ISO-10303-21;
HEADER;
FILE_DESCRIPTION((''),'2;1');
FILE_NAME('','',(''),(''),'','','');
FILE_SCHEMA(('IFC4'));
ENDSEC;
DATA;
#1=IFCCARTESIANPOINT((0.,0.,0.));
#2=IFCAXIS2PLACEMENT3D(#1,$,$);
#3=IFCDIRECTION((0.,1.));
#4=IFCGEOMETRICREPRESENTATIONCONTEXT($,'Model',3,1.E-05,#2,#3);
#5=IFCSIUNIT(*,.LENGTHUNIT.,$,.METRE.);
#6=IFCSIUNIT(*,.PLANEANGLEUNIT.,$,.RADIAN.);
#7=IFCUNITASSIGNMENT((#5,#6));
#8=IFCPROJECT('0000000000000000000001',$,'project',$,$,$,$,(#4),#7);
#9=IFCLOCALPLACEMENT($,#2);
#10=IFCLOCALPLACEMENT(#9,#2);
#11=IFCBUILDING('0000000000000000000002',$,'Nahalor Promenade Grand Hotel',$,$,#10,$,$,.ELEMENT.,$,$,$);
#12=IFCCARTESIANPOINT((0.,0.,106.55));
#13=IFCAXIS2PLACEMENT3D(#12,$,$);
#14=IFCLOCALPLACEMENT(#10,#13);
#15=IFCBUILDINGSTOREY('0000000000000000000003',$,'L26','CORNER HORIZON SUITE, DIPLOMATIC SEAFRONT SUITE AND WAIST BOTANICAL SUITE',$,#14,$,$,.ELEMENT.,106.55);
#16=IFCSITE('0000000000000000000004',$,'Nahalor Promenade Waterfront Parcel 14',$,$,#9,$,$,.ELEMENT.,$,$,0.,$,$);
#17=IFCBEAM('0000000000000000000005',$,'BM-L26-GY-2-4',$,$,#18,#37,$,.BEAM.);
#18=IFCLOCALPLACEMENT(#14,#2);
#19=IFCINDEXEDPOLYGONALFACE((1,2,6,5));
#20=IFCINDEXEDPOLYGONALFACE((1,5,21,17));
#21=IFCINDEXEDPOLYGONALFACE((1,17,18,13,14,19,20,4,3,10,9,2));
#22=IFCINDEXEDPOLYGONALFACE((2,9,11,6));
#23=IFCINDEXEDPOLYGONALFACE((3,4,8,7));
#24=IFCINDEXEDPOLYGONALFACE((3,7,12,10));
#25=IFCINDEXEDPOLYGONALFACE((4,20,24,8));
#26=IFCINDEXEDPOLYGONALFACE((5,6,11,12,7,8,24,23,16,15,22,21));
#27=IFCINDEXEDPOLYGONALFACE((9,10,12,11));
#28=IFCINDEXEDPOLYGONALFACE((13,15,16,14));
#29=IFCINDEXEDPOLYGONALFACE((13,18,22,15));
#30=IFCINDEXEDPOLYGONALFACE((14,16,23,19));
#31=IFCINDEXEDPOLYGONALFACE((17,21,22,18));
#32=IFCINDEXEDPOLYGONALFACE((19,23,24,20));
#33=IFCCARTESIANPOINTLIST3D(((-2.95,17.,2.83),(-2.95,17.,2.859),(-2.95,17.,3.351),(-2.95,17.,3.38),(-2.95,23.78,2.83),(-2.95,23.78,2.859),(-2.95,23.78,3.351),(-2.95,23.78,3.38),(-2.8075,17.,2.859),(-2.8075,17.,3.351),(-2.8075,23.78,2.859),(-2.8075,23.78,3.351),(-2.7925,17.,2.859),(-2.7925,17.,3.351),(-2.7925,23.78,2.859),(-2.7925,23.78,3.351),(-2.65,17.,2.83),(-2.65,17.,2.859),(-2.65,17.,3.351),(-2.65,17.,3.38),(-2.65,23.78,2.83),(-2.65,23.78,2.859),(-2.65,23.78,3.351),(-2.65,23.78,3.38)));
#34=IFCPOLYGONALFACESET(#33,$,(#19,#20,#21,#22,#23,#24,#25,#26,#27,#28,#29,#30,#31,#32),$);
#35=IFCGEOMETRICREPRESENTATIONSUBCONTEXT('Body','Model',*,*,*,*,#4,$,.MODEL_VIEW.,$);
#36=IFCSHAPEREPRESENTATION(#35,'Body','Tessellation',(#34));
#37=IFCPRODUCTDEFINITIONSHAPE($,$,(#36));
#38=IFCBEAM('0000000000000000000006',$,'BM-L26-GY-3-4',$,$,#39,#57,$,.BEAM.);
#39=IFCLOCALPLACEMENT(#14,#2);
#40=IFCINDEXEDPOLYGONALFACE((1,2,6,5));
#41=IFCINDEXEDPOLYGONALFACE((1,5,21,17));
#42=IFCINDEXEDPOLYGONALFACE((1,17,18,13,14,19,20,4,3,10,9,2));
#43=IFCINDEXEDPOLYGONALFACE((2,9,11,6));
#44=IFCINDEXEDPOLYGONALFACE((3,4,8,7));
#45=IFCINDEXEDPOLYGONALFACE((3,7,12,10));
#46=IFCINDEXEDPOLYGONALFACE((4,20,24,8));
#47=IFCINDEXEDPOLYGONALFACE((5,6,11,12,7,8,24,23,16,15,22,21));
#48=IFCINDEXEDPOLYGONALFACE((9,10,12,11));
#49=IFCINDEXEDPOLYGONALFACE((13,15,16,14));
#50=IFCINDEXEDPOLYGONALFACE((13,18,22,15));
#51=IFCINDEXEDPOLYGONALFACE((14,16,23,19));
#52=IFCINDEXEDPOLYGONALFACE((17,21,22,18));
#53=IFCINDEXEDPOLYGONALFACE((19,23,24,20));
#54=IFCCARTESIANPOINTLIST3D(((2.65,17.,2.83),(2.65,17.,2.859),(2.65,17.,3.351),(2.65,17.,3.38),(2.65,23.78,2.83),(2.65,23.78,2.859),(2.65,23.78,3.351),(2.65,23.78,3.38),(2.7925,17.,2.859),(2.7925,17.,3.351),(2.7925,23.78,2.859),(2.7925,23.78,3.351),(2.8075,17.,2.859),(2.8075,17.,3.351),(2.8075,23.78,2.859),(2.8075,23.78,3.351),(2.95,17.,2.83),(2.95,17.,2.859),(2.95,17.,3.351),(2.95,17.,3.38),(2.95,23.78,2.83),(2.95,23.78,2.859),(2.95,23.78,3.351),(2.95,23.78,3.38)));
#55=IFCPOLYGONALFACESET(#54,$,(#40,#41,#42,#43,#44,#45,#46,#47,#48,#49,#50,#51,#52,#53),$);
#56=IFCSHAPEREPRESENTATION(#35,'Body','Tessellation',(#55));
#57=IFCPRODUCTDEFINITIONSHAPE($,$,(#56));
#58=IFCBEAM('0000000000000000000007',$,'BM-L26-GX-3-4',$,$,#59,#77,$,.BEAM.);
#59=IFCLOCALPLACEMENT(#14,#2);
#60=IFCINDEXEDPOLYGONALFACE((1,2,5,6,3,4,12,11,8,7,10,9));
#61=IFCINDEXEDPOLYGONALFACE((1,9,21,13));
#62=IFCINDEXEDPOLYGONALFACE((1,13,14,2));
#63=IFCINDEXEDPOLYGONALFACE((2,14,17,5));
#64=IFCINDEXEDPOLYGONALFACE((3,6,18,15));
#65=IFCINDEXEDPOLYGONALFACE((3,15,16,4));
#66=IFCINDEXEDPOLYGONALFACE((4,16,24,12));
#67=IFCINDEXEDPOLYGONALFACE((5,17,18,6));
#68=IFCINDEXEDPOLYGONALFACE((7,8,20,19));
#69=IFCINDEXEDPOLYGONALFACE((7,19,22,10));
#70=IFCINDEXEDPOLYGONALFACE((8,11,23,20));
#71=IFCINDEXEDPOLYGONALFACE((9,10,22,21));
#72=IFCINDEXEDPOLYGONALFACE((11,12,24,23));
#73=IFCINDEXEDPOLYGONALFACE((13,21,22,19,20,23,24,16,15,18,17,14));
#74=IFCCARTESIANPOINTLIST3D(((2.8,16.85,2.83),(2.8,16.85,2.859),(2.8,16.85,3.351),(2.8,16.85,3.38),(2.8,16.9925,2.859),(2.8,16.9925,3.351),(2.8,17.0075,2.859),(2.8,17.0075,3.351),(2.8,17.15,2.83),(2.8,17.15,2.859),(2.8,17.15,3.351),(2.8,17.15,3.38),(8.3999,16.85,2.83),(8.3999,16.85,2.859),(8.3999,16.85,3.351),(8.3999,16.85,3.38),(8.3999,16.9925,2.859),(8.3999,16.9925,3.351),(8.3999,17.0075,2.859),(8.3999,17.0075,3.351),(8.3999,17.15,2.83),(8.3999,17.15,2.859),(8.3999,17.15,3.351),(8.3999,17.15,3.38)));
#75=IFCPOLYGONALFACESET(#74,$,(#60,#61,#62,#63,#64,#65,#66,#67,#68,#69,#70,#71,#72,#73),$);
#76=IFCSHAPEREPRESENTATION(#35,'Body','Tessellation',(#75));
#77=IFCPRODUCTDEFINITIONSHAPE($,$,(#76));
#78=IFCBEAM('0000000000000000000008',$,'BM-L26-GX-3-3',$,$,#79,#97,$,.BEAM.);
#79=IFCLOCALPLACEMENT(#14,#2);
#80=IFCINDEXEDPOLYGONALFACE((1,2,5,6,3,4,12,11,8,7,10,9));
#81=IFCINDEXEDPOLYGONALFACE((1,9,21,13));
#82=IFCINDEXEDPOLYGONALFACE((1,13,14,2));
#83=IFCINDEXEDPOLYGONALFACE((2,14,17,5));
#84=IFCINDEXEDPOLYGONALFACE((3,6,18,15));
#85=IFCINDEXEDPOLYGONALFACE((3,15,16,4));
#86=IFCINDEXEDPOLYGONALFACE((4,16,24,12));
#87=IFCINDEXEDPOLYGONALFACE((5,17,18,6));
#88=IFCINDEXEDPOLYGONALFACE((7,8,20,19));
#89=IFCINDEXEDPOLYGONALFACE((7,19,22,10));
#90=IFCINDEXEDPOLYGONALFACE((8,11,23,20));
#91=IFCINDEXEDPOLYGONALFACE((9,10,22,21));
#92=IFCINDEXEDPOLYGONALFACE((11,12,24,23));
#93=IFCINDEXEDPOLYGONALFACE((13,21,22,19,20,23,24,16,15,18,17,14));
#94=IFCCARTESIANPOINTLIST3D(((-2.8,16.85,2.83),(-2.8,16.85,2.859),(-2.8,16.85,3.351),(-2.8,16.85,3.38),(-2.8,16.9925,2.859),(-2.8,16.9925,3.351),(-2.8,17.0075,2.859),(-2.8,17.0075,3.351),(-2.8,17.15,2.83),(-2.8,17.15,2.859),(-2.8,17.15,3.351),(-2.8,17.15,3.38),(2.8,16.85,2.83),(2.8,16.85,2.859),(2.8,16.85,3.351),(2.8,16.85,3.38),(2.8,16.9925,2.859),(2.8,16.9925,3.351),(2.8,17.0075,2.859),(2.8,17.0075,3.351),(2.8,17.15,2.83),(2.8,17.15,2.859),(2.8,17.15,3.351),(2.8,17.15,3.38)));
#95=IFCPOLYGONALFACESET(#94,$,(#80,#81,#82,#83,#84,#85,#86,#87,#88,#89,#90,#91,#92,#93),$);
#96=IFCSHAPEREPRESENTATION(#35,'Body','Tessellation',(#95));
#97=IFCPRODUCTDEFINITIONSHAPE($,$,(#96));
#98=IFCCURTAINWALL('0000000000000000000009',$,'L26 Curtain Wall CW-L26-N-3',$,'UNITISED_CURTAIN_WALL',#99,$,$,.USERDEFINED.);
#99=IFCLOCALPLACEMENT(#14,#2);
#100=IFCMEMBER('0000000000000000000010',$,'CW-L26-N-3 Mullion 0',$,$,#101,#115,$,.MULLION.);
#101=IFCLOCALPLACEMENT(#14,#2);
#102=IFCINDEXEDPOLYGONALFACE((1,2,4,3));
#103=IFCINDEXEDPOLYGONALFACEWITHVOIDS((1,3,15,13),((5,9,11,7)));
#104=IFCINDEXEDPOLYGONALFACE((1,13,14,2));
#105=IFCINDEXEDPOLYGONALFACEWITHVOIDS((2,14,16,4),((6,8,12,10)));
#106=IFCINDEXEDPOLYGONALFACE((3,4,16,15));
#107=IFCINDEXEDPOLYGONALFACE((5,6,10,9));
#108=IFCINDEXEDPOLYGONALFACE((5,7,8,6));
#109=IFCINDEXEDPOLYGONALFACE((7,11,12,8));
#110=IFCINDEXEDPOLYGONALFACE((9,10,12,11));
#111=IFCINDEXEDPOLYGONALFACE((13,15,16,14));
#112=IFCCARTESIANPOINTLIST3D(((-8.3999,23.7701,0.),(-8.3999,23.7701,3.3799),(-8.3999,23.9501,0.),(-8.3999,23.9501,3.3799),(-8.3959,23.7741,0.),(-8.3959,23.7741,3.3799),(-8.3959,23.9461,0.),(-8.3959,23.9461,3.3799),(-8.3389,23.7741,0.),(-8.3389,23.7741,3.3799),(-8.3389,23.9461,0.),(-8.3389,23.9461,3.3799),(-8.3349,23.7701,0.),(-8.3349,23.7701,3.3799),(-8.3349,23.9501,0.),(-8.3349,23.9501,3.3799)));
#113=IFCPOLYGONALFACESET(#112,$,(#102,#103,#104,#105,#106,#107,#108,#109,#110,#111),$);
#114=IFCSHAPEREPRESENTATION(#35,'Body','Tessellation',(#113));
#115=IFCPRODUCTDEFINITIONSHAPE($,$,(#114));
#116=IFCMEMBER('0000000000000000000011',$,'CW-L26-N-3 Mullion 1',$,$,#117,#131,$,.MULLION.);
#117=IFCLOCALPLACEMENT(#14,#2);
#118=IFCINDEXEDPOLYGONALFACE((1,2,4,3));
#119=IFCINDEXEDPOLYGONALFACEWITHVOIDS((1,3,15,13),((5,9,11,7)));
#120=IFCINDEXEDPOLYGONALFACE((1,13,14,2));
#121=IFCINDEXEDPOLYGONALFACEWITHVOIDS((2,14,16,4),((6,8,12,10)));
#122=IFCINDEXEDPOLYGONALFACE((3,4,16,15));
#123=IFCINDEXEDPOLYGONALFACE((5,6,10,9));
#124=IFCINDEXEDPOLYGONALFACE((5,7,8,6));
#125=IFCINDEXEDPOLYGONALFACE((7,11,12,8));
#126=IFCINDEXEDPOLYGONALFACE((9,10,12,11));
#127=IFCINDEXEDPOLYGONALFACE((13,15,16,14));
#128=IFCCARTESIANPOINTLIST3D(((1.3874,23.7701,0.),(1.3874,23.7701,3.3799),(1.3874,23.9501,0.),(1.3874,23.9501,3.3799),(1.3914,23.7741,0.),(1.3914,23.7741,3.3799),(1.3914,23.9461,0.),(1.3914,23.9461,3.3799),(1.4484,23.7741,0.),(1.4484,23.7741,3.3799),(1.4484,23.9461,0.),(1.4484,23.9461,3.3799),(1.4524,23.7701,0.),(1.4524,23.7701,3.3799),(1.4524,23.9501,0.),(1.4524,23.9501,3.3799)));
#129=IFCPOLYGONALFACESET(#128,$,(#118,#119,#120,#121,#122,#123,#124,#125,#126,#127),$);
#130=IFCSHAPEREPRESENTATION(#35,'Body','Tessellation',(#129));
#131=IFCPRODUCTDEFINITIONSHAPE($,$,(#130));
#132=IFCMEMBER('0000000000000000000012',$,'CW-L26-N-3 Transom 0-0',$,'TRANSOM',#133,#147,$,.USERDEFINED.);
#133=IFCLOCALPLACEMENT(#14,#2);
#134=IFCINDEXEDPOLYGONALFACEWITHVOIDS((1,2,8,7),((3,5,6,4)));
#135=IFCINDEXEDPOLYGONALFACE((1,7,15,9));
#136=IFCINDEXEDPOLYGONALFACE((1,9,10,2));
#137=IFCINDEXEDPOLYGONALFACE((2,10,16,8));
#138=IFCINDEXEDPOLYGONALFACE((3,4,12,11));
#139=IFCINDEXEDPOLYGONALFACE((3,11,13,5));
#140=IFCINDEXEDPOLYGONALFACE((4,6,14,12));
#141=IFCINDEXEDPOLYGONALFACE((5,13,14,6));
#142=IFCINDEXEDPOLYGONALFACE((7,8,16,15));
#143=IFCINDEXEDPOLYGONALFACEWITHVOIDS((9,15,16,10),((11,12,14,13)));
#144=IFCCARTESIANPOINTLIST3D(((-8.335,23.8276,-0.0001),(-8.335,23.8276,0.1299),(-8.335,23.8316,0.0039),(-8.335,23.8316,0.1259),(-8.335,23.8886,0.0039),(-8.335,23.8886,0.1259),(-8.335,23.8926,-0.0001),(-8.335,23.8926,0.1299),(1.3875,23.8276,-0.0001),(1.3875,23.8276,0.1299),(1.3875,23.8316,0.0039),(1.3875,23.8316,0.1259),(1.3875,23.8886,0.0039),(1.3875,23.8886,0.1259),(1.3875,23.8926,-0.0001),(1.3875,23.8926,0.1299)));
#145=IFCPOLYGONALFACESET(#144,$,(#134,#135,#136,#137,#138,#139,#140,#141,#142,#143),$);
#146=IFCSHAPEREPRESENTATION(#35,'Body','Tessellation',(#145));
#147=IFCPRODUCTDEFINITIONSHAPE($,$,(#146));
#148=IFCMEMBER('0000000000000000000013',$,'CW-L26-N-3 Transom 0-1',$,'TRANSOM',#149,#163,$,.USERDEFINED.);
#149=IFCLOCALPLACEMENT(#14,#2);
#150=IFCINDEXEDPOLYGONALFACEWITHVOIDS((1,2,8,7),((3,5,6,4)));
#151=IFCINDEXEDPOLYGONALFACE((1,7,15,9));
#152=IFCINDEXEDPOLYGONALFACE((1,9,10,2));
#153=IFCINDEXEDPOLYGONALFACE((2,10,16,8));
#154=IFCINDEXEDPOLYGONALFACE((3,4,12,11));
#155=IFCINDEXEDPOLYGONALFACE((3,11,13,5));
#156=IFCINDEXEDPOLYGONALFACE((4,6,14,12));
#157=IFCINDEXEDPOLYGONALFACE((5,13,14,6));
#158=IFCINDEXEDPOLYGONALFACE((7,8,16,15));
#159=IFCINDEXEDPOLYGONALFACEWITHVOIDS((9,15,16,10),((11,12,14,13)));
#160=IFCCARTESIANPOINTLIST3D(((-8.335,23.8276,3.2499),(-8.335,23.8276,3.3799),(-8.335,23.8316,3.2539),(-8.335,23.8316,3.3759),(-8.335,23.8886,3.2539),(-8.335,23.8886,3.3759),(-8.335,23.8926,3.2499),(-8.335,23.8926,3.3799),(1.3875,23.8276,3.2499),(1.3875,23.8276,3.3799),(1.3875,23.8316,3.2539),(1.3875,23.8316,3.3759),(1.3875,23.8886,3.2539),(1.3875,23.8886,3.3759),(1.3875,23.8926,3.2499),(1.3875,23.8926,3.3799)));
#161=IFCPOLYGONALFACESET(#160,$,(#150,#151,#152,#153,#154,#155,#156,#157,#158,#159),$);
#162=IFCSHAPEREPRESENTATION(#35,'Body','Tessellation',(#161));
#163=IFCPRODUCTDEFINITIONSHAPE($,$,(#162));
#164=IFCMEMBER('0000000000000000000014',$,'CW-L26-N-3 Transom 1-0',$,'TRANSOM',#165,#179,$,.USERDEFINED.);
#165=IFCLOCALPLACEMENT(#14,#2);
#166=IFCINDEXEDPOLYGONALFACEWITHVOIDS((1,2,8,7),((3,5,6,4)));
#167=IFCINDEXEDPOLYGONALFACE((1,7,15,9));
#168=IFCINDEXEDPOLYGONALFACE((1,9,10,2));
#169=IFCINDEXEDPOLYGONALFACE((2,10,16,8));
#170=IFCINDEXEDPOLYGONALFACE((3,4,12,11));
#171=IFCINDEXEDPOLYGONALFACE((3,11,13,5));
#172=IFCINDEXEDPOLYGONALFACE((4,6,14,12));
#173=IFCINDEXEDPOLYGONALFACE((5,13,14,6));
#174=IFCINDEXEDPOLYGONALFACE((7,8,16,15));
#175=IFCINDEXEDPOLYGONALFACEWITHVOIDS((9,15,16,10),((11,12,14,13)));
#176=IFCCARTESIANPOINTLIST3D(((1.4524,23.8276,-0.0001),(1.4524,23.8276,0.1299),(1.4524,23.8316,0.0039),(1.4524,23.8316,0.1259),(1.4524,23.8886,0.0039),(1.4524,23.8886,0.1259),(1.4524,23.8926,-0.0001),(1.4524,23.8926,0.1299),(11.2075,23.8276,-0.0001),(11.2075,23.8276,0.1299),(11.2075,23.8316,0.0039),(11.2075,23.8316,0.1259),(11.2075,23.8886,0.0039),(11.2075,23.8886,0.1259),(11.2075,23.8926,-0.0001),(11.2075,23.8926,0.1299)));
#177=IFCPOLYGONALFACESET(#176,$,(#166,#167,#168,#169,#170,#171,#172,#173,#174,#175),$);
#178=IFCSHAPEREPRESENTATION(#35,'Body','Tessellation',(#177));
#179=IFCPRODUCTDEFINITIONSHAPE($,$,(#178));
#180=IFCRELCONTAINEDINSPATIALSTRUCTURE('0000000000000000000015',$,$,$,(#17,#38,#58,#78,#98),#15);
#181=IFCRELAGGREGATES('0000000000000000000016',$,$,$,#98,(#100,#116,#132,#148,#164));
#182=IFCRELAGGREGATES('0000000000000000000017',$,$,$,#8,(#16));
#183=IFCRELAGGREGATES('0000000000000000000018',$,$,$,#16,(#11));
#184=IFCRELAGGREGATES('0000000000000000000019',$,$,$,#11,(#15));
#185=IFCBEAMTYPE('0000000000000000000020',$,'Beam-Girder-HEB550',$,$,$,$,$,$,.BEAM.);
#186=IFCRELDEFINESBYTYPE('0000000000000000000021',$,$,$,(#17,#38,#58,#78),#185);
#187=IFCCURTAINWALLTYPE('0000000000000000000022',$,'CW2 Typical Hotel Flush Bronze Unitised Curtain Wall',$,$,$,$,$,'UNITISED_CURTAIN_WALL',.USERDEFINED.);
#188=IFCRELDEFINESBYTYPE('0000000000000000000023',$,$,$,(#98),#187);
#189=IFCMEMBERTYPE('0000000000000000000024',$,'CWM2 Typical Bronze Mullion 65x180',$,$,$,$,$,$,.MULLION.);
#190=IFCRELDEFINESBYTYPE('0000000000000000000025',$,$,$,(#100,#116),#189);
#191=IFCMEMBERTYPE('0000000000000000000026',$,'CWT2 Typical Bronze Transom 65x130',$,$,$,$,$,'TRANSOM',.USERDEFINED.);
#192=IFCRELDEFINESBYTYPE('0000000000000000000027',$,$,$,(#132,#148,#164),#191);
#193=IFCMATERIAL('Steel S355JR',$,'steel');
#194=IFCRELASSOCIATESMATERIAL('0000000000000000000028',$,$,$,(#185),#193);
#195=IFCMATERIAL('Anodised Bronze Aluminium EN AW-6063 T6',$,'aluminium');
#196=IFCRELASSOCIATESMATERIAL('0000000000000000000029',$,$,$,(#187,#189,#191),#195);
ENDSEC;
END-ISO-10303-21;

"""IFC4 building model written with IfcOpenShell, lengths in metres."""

from ifc_helpers import new_model, si_unit, direction, frame, origin, origin_2d, place, context, subcontext, project, spatial, hollow_rectangle, i_section, extrude, source, transform, mapped, material, material_profile, profile_set, type_object, element, aggregate, save


model = new_model("IFC4")

# Units and contexts
model_context = context("Model", 3, precision=1e-05, world=origin(), true_north=direction((0.0, 1.0)))
body_context = subcontext(model_context, "Body", "Model", "MODEL_VIEW")
ifc_project = project(units=[si_unit("LENGTHUNIT", "METRE"), si_unit("PLANEANGLEUNIT", "RADIAN")], contexts=[model_context])

# Site, building, storey
site_placement = place(None, origin())
site = spatial("IfcSite", under=ifc_project, at=site_placement, Name="Nahalor Promenade Waterfront Parcel 14", CompositionType="ELEMENT", RefElevation=0.0)
building_placement = place(site_placement, origin())
building = spatial("IfcBuilding", under=site, at=building_placement, Name="Nahalor Promenade Grand Hotel", CompositionType="ELEMENT")
storey_placement = place(building_placement, frame((0.0, 0.0, 106.55)))
storey = spatial("IfcBuildingStorey", under=building, at=storey_placement, Name="L26", Description="CORNER HORIZON SUITE, DIPLOMATIC SEAFRONT SUITE AND WAIST BOTANICAL SUITE", CompositionType="ELEMENT", Elevation=106.55)

# Beams
ifc_material_1 = material(Name="Steel S355JR", Category="steel")
ifc_material_profile_1 = material_profile(ifc_material_1, i_section(OverallWidth=0.3, OverallDepth=0.55, WebThickness=0.015, FlangeThickness=0.029, at=origin_2d()), Name="HEB 550")
ifc_profile_set_1 = profile_set([ifc_material_profile_1], Name="Steel S355JR")
beam_type_1 = type_object("IfcBeamType", Name="Beam-Girder-HEB550", PredefinedType="BEAM", material=ifc_profile_set_1)
shared_shape_1 = source(origin(), body_context, "Body", "SweptSolid", [
    extrude(i_section(OverallWidth=0.3, OverallDepth=0.55, WebThickness=0.015, FlangeThickness=0.029, at=origin_2d()), origin(), (0.0, 0.0, 1.0), 6.78),
])
for number, where, z_axis, x_axis, name in (
    (1, (-2.8, 17.0, 3.105), (0.0, 1.0, 0.0), (-1.0, 0.0, 0.0), "BM-L26-GY-2-4"),
    (2, (2.8, 17.0, 3.105), (0.0, 1.0, 0.0), (-1.0, 0.0, 0.0), "BM-L26-GY-3-4"),
):
    element("IfcBeam", number, at=place(storey_placement, frame(where, z_axis=z_axis, x_axis=x_axis)), inside=storey, type_object=beam_type_1, Name=name, PredefinedType="BEAM", context=body_context, shape_type="MappedRepresentation", body=[
        mapped(shared_shape_1, transform((0.0, 0.0, 0.0), scale=1.0)),
    ])
shared_shape_2 = source(origin(), body_context, "Body", "SweptSolid", [
    extrude(i_section(OverallWidth=0.3, OverallDepth=0.55, WebThickness=0.015, FlangeThickness=0.029, at=origin_2d()), origin(), (0.0, 0.0, 1.0), 5.5999),
])
beam_1_placement = place(storey_placement, frame((2.8, 17.0, 3.105), z_axis=(1.0, 0.0, 0.0), x_axis=(0.0, 1.0, 0.0)))
element("IfcBeam", 3, at=beam_1_placement, inside=storey, type_object=beam_type_1, Name="BM-L26-GX-3-4", PredefinedType="BEAM", context=body_context, shape_type="MappedRepresentation", body=[
    mapped(shared_shape_2, transform((0.0, 0.0, 0.0), scale=1.0)),
])
shared_shape_3 = source(origin(), body_context, "Body", "SweptSolid", [
    extrude(i_section(OverallWidth=0.3, OverallDepth=0.55, WebThickness=0.015, FlangeThickness=0.029, at=origin_2d()), origin(), (0.0, 0.0, 1.0), 5.6001),
])
beam_2_placement = place(storey_placement, frame((-2.8, 17.0, 3.105), z_axis=(1.0, 0.0, 0.0), x_axis=(0.0, 1.0, 0.0)))
element("IfcBeam", 4, at=beam_2_placement, inside=storey, type_object=beam_type_1, Name="BM-L26-GX-3-3", PredefinedType="BEAM", context=body_context, shape_type="MappedRepresentation", body=[
    mapped(shared_shape_3, transform((0.0, 0.0, 0.0), scale=1.0)),
])

# Curtain wall, members
ifc_material_2 = material(Name="Anodised Bronze Aluminium EN AW-6063 T6", Category="aluminium")
curtain_wall_type = type_object("IfcCurtainWallType", Name="CW2 Typical Hotel Flush Bronze Unitised Curtain Wall", ElementType="UNITISED_CURTAIN_WALL", PredefinedType="USERDEFINED", material=ifc_material_2)
curtain_wall_placement = place(storey_placement, origin())
curtain_wall = element("IfcCurtainWall", 5, at=curtain_wall_placement, inside=storey, type_object=curtain_wall_type, Name="L26 Curtain Wall CW-L26-N-3", ObjectType="UNITISED_CURTAIN_WALL", PredefinedType="USERDEFINED")
ifc_material_profile_2 = material_profile(ifc_material_2, hollow_rectangle(XDim=0.065, YDim=0.18, WallThickness=0.004, at=origin_2d()), Name="CWM 65x180x4")
ifc_profile_set_2 = profile_set([ifc_material_profile_2], Name="Anodised Bronze Aluminium EN AW-6063 T6")
member_type_1 = type_object("IfcMemberType", Name="CWM2 Typical Bronze Mullion 65x180", PredefinedType="MULLION", material=ifc_profile_set_2)
shared_shape_4 = source(origin(), body_context, "Body", "SweptSolid", [
    extrude(hollow_rectangle(XDim=0.065, YDim=0.18, WallThickness=0.004, at=origin_2d()), origin(), (0.0, 0.0, 1.0), 3.3799),
])
member_1_placement = place(storey_placement, frame((-8.3674, 23.8601, 0.0), z_axis=(0.0, 0.0, 1.0), x_axis=(1.0, 0.0, 0.0)))
member_1 = element("IfcMember", 6, at=member_1_placement, type_object=member_type_1, Name="CW-L26-N-3 Mullion 0", PredefinedType="MULLION", context=body_context, shape_type="MappedRepresentation", body=[
    mapped(shared_shape_4, transform((0.0, 0.0, 0.0), scale=1.0)),
])
member_2_placement = place(storey_placement, frame((1.4199, 23.8601, 0.0), z_axis=(0.0, 0.0, 1.0), x_axis=(1.0, 0.0, 0.0)))
member_2 = element("IfcMember", 7, at=member_2_placement, type_object=member_type_1, Name="CW-L26-N-3 Mullion 1", PredefinedType="MULLION", context=body_context, shape_type="MappedRepresentation", body=[
    mapped(shared_shape_4, transform((0.0, 0.0, 0.0), scale=1.0)),
])
ifc_material_profile_3 = material_profile(ifc_material_2, hollow_rectangle(XDim=0.065, YDim=0.13, WallThickness=0.004, at=origin_2d()), Name="CWT 65x130x4")
ifc_profile_set_3 = profile_set([ifc_material_profile_3], Name="Anodised Bronze Aluminium EN AW-6063 T6")
member_type_2 = type_object("IfcMemberType", Name="CWT2 Typical Bronze Transom 65x130", ElementType="TRANSOM", PredefinedType="USERDEFINED", material=ifc_profile_set_3)
shared_shape_5 = source(origin(), body_context, "Body", "SweptSolid", [
    extrude(hollow_rectangle(XDim=0.065, YDim=0.13, WallThickness=0.004, at=origin_2d()), origin(), (0.0, 0.0, 1.0), 9.7224),
])
member_3_placement = place(storey_placement, frame((-8.335, 23.8601, 0.0649), z_axis=(1.0, 0.0, 0.0), x_axis=(0.0, 1.0, 0.0)))
member_3 = element("IfcMember", 8, at=member_3_placement, type_object=member_type_2, Name="CW-L26-N-3 Transom 0-0", ObjectType="TRANSOM", PredefinedType="USERDEFINED", context=body_context, shape_type="MappedRepresentation", body=[
    mapped(shared_shape_5, transform((0.0, 0.0, 0.0), scale=1.0)),
])
member_4_placement = place(storey_placement, frame((-8.335, 23.8601, 3.3149), z_axis=(1.0, 0.0, 0.0), x_axis=(0.0, 1.0, 0.0)))
member_4 = element("IfcMember", 9, at=member_4_placement, type_object=member_type_2, Name="CW-L26-N-3 Transom 0-1", ObjectType="TRANSOM", PredefinedType="USERDEFINED", context=body_context, shape_type="MappedRepresentation", body=[
    mapped(shared_shape_5, transform((0.0, 0.0, 0.0), scale=1.0)),
])
shared_shape_6 = source(origin(), body_context, "Body", "SweptSolid", [
    extrude(hollow_rectangle(XDim=0.065, YDim=0.13, WallThickness=0.004, at=origin_2d()), origin(), (0.0, 0.0, 1.0), 9.7551),
])
member_5_placement = place(storey_placement, frame((1.4524, 23.8601, 0.0649), z_axis=(1.0, 0.0, 0.0), x_axis=(0.0, 1.0, 0.0)))
member_5 = element("IfcMember", 10, at=member_5_placement, type_object=member_type_2, Name="CW-L26-N-3 Transom 1-0", ObjectType="TRANSOM", PredefinedType="USERDEFINED", context=body_context, shape_type="MappedRepresentation", body=[
    mapped(shared_shape_6, transform((0.0, 0.0, 0.0), scale=1.0)),
])
aggregate(curtain_wall, [member_1, member_2, member_3, member_4, member_5])

save(model, "model.ifc")
